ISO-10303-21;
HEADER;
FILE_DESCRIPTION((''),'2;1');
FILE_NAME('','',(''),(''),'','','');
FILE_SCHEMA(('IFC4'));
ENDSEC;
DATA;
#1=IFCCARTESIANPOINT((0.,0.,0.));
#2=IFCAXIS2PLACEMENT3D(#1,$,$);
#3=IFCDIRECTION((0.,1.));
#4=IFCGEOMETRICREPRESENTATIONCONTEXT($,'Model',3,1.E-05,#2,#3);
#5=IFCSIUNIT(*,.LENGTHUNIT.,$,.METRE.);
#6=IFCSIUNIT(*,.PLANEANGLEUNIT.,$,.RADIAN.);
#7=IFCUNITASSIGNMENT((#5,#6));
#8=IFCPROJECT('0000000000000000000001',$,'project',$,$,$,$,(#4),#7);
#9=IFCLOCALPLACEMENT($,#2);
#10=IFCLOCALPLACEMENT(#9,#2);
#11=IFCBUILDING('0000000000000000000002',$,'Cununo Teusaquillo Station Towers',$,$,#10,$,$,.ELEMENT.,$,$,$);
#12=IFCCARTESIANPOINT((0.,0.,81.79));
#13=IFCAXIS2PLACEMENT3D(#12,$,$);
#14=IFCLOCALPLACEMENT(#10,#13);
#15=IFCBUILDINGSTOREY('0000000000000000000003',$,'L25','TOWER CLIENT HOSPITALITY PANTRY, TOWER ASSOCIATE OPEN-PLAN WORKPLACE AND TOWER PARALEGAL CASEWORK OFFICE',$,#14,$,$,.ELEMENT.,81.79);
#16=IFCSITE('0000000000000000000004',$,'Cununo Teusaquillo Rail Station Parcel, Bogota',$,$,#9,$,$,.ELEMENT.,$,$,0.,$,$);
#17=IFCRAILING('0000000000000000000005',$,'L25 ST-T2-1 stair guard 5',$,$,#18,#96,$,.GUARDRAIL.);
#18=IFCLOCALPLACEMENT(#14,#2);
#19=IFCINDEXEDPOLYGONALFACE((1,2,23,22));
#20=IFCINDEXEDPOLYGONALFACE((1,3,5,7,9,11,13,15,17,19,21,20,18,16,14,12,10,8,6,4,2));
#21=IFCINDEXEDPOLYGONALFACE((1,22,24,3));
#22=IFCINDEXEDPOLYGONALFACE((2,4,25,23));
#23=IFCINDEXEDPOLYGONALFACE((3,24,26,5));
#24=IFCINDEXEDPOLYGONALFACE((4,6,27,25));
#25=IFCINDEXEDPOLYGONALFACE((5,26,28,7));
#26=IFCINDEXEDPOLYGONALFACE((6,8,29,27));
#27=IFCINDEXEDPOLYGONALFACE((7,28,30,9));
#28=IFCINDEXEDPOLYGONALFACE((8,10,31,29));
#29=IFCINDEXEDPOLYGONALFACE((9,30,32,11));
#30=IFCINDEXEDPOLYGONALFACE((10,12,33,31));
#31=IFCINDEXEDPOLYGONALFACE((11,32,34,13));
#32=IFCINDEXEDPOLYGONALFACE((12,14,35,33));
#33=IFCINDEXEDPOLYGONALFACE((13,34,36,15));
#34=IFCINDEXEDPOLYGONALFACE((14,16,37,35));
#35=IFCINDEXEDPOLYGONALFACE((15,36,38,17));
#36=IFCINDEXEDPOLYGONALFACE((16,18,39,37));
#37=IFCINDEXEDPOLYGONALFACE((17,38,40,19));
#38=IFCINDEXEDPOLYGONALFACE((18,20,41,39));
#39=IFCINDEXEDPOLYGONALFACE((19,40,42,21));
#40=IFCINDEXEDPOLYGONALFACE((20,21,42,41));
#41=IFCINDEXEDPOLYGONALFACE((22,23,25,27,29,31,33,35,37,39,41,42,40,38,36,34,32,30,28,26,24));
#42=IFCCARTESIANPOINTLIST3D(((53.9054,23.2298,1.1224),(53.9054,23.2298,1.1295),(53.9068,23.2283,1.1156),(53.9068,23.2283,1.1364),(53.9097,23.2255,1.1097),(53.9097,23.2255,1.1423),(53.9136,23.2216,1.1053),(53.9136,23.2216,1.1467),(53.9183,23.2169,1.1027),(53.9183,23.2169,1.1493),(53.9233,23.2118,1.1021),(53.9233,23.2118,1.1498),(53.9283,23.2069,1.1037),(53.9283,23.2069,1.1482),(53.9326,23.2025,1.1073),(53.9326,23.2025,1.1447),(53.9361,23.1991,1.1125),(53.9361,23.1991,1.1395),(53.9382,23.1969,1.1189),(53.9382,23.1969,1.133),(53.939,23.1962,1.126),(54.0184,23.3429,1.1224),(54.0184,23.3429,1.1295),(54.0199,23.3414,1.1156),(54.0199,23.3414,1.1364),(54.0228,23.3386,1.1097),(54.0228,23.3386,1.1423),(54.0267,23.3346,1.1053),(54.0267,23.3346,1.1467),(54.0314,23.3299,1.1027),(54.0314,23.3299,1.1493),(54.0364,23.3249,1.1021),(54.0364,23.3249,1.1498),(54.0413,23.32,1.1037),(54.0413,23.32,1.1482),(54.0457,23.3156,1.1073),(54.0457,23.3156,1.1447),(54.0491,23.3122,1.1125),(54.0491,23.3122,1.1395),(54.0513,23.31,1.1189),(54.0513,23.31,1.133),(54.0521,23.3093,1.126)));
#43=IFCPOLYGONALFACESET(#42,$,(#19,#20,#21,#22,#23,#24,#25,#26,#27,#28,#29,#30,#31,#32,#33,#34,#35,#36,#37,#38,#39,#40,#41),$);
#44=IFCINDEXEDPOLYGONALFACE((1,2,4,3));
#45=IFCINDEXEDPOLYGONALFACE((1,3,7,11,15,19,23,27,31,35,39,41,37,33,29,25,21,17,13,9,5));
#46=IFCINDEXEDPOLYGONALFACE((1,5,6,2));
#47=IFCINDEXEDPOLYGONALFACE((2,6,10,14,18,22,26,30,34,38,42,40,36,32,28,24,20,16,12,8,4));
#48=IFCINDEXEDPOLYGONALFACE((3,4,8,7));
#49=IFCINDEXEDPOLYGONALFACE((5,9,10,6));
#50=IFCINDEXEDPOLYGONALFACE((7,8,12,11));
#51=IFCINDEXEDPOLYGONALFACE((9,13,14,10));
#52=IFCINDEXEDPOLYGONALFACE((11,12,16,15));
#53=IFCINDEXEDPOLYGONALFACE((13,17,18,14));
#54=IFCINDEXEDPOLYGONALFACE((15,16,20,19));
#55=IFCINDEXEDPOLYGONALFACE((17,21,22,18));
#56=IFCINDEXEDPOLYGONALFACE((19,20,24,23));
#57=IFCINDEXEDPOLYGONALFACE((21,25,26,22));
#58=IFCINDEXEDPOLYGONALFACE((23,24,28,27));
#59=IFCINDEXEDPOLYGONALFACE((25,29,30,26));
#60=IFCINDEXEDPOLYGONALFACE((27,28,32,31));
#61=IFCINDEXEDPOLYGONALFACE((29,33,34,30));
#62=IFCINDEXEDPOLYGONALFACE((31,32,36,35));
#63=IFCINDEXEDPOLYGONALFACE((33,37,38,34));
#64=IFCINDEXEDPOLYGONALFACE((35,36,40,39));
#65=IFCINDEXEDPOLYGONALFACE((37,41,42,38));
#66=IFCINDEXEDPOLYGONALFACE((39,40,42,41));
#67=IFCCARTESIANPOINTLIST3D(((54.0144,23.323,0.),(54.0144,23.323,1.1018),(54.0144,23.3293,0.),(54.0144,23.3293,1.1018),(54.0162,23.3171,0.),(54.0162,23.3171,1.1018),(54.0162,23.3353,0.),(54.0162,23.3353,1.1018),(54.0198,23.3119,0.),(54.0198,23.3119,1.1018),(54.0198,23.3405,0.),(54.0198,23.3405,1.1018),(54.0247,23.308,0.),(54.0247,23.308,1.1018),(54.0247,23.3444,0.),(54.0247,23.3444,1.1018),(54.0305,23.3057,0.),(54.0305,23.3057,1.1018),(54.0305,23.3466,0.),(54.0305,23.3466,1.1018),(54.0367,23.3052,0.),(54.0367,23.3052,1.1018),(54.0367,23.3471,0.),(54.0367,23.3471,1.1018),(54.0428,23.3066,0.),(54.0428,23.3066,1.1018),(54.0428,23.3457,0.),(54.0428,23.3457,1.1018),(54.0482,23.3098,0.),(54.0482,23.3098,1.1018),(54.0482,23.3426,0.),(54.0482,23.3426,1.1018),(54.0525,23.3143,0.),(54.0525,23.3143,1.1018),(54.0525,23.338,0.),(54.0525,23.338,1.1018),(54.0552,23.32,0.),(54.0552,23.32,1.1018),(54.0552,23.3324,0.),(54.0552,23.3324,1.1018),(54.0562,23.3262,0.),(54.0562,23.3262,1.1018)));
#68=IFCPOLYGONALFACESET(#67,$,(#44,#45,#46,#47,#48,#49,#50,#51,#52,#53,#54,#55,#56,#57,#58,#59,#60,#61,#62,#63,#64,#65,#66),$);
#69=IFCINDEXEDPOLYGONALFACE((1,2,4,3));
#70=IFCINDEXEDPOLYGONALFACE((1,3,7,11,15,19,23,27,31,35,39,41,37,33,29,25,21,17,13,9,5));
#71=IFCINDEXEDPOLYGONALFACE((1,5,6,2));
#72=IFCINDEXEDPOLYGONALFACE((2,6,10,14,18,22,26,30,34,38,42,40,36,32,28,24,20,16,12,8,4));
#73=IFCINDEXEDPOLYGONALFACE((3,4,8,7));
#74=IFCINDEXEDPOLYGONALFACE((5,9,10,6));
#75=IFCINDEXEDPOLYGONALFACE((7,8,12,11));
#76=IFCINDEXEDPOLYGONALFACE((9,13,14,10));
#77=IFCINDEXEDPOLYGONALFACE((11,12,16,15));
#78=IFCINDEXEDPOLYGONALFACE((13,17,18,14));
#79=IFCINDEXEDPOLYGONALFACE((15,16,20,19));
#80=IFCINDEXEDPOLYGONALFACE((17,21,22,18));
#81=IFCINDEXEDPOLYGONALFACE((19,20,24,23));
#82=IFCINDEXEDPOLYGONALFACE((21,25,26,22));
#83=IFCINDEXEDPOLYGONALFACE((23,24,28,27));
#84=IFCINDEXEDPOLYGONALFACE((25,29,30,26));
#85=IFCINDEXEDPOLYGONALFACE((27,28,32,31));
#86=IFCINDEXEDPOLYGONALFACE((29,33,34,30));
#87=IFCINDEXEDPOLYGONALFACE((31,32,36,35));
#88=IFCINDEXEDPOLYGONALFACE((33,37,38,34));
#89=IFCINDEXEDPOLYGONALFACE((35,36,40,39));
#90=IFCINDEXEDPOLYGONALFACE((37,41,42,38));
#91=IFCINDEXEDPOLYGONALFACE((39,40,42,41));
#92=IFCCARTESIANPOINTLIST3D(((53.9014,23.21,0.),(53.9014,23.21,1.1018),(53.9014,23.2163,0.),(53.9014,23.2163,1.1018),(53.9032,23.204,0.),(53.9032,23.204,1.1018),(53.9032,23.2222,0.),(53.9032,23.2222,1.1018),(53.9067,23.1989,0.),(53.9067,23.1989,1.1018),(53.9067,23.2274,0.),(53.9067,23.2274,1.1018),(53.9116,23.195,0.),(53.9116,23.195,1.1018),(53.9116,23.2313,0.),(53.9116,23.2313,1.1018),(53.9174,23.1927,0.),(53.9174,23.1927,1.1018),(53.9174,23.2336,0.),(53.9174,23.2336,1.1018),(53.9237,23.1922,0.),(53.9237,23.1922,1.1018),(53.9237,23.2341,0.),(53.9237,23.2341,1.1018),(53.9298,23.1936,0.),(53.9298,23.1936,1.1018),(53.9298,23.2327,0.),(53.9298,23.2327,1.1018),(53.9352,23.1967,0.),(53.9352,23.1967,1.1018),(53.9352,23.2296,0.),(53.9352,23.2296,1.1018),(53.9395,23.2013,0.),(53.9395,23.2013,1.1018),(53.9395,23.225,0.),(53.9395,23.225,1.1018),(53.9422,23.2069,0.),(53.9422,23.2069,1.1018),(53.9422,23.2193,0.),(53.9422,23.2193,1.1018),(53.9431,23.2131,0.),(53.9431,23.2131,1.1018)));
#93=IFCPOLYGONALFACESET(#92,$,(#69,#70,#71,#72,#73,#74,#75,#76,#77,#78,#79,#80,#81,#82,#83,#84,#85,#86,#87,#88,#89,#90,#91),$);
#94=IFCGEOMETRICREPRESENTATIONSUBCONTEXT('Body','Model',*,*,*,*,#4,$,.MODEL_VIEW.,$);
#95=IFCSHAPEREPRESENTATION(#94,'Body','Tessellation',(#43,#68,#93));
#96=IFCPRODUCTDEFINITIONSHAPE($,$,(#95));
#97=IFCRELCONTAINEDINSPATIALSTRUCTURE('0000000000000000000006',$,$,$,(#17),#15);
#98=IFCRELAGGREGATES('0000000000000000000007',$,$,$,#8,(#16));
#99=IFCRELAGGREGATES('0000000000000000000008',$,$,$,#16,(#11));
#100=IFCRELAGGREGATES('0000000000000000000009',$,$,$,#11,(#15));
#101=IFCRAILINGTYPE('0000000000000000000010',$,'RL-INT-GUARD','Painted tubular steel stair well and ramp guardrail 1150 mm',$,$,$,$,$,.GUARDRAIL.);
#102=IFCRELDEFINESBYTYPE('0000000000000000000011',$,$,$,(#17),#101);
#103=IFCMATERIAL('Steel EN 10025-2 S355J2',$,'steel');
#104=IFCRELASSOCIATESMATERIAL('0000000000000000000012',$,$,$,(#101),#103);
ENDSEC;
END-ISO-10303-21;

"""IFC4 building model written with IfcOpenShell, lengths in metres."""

from ifc_helpers import new_model, si_unit, direction, frame, origin, origin_2d, place, context, subcontext, project, spatial, circle, extrude, material, type_object, element, save


model = new_model("IFC4")

# Units and contexts
model_context = context("Model", 3, precision=1e-05, world=origin(), true_north=direction((0.0, 1.0)))
body_context = subcontext(model_context, "Body", "Model", "MODEL_VIEW")
ifc_project = project(units=[si_unit("LENGTHUNIT", "METRE"), si_unit("PLANEANGLEUNIT", "RADIAN")], contexts=[model_context])

# Site, building, storey
site_placement = place(None, origin())
site = spatial("IfcSite", under=ifc_project, at=site_placement, Name="Cununo Teusaquillo Rail Station Parcel, Bogota", CompositionType="ELEMENT", RefElevation=0.0)
building_placement = place(site_placement, origin())
building = spatial("IfcBuilding", under=site, at=building_placement, Name="Cununo Teusaquillo Station Towers", CompositionType="ELEMENT")
storey_placement = place(building_placement, frame((0.0, 0.0, 81.79)))
storey = spatial("IfcBuildingStorey", under=building, at=storey_placement, Name="L25", Description="TOWER CLIENT HOSPITALITY PANTRY, TOWER ASSOCIATE OPEN-PLAN WORKPLACE AND TOWER PARALEGAL CASEWORK OFFICE", CompositionType="ELEMENT", Elevation=81.79)

# Railing
ifc_material_1 = material(Name="Steel EN 10025-2 S355J2", Category="steel")
railing_type_1 = type_object("IfcRailingType", Name="RL-INT-GUARD", Description="Painted tubular steel stair well and ramp guardrail 1150 mm", PredefinedType="GUARDRAIL", material=ifc_material_1)
railing_1_placement = place(storey_placement, frame((54.0352, 23.3262, 0.0)))
element("IfcRailing", 1, at=railing_1_placement, inside=storey, type_object=railing_type_1, Name="L25 ST-T2-1 stair guard 5", PredefinedType="GUARDRAIL", context=body_context, shape_type="SweptSolid", body=[
    extrude(circle(Radius=0.0239, at=origin_2d()), frame((0.0, 0.0, 1.126), z_axis=(-0.707107, -0.707107, 0.0), x_axis=(0.707107, -0.707107, 0.0)), (0.0, 0.0, 1.0), 0.1599),
    extrude(circle(Radius=0.021, at=origin_2d()), origin(), (0.0, 0.0, 1.0), 1.1018),
    extrude(circle(Radius=0.021, at=origin_2d()), frame((-0.113, -0.113, 0.0)), (0.0, 0.0, 1.0), 1.1018),
])

save(model, "model.ifc")
